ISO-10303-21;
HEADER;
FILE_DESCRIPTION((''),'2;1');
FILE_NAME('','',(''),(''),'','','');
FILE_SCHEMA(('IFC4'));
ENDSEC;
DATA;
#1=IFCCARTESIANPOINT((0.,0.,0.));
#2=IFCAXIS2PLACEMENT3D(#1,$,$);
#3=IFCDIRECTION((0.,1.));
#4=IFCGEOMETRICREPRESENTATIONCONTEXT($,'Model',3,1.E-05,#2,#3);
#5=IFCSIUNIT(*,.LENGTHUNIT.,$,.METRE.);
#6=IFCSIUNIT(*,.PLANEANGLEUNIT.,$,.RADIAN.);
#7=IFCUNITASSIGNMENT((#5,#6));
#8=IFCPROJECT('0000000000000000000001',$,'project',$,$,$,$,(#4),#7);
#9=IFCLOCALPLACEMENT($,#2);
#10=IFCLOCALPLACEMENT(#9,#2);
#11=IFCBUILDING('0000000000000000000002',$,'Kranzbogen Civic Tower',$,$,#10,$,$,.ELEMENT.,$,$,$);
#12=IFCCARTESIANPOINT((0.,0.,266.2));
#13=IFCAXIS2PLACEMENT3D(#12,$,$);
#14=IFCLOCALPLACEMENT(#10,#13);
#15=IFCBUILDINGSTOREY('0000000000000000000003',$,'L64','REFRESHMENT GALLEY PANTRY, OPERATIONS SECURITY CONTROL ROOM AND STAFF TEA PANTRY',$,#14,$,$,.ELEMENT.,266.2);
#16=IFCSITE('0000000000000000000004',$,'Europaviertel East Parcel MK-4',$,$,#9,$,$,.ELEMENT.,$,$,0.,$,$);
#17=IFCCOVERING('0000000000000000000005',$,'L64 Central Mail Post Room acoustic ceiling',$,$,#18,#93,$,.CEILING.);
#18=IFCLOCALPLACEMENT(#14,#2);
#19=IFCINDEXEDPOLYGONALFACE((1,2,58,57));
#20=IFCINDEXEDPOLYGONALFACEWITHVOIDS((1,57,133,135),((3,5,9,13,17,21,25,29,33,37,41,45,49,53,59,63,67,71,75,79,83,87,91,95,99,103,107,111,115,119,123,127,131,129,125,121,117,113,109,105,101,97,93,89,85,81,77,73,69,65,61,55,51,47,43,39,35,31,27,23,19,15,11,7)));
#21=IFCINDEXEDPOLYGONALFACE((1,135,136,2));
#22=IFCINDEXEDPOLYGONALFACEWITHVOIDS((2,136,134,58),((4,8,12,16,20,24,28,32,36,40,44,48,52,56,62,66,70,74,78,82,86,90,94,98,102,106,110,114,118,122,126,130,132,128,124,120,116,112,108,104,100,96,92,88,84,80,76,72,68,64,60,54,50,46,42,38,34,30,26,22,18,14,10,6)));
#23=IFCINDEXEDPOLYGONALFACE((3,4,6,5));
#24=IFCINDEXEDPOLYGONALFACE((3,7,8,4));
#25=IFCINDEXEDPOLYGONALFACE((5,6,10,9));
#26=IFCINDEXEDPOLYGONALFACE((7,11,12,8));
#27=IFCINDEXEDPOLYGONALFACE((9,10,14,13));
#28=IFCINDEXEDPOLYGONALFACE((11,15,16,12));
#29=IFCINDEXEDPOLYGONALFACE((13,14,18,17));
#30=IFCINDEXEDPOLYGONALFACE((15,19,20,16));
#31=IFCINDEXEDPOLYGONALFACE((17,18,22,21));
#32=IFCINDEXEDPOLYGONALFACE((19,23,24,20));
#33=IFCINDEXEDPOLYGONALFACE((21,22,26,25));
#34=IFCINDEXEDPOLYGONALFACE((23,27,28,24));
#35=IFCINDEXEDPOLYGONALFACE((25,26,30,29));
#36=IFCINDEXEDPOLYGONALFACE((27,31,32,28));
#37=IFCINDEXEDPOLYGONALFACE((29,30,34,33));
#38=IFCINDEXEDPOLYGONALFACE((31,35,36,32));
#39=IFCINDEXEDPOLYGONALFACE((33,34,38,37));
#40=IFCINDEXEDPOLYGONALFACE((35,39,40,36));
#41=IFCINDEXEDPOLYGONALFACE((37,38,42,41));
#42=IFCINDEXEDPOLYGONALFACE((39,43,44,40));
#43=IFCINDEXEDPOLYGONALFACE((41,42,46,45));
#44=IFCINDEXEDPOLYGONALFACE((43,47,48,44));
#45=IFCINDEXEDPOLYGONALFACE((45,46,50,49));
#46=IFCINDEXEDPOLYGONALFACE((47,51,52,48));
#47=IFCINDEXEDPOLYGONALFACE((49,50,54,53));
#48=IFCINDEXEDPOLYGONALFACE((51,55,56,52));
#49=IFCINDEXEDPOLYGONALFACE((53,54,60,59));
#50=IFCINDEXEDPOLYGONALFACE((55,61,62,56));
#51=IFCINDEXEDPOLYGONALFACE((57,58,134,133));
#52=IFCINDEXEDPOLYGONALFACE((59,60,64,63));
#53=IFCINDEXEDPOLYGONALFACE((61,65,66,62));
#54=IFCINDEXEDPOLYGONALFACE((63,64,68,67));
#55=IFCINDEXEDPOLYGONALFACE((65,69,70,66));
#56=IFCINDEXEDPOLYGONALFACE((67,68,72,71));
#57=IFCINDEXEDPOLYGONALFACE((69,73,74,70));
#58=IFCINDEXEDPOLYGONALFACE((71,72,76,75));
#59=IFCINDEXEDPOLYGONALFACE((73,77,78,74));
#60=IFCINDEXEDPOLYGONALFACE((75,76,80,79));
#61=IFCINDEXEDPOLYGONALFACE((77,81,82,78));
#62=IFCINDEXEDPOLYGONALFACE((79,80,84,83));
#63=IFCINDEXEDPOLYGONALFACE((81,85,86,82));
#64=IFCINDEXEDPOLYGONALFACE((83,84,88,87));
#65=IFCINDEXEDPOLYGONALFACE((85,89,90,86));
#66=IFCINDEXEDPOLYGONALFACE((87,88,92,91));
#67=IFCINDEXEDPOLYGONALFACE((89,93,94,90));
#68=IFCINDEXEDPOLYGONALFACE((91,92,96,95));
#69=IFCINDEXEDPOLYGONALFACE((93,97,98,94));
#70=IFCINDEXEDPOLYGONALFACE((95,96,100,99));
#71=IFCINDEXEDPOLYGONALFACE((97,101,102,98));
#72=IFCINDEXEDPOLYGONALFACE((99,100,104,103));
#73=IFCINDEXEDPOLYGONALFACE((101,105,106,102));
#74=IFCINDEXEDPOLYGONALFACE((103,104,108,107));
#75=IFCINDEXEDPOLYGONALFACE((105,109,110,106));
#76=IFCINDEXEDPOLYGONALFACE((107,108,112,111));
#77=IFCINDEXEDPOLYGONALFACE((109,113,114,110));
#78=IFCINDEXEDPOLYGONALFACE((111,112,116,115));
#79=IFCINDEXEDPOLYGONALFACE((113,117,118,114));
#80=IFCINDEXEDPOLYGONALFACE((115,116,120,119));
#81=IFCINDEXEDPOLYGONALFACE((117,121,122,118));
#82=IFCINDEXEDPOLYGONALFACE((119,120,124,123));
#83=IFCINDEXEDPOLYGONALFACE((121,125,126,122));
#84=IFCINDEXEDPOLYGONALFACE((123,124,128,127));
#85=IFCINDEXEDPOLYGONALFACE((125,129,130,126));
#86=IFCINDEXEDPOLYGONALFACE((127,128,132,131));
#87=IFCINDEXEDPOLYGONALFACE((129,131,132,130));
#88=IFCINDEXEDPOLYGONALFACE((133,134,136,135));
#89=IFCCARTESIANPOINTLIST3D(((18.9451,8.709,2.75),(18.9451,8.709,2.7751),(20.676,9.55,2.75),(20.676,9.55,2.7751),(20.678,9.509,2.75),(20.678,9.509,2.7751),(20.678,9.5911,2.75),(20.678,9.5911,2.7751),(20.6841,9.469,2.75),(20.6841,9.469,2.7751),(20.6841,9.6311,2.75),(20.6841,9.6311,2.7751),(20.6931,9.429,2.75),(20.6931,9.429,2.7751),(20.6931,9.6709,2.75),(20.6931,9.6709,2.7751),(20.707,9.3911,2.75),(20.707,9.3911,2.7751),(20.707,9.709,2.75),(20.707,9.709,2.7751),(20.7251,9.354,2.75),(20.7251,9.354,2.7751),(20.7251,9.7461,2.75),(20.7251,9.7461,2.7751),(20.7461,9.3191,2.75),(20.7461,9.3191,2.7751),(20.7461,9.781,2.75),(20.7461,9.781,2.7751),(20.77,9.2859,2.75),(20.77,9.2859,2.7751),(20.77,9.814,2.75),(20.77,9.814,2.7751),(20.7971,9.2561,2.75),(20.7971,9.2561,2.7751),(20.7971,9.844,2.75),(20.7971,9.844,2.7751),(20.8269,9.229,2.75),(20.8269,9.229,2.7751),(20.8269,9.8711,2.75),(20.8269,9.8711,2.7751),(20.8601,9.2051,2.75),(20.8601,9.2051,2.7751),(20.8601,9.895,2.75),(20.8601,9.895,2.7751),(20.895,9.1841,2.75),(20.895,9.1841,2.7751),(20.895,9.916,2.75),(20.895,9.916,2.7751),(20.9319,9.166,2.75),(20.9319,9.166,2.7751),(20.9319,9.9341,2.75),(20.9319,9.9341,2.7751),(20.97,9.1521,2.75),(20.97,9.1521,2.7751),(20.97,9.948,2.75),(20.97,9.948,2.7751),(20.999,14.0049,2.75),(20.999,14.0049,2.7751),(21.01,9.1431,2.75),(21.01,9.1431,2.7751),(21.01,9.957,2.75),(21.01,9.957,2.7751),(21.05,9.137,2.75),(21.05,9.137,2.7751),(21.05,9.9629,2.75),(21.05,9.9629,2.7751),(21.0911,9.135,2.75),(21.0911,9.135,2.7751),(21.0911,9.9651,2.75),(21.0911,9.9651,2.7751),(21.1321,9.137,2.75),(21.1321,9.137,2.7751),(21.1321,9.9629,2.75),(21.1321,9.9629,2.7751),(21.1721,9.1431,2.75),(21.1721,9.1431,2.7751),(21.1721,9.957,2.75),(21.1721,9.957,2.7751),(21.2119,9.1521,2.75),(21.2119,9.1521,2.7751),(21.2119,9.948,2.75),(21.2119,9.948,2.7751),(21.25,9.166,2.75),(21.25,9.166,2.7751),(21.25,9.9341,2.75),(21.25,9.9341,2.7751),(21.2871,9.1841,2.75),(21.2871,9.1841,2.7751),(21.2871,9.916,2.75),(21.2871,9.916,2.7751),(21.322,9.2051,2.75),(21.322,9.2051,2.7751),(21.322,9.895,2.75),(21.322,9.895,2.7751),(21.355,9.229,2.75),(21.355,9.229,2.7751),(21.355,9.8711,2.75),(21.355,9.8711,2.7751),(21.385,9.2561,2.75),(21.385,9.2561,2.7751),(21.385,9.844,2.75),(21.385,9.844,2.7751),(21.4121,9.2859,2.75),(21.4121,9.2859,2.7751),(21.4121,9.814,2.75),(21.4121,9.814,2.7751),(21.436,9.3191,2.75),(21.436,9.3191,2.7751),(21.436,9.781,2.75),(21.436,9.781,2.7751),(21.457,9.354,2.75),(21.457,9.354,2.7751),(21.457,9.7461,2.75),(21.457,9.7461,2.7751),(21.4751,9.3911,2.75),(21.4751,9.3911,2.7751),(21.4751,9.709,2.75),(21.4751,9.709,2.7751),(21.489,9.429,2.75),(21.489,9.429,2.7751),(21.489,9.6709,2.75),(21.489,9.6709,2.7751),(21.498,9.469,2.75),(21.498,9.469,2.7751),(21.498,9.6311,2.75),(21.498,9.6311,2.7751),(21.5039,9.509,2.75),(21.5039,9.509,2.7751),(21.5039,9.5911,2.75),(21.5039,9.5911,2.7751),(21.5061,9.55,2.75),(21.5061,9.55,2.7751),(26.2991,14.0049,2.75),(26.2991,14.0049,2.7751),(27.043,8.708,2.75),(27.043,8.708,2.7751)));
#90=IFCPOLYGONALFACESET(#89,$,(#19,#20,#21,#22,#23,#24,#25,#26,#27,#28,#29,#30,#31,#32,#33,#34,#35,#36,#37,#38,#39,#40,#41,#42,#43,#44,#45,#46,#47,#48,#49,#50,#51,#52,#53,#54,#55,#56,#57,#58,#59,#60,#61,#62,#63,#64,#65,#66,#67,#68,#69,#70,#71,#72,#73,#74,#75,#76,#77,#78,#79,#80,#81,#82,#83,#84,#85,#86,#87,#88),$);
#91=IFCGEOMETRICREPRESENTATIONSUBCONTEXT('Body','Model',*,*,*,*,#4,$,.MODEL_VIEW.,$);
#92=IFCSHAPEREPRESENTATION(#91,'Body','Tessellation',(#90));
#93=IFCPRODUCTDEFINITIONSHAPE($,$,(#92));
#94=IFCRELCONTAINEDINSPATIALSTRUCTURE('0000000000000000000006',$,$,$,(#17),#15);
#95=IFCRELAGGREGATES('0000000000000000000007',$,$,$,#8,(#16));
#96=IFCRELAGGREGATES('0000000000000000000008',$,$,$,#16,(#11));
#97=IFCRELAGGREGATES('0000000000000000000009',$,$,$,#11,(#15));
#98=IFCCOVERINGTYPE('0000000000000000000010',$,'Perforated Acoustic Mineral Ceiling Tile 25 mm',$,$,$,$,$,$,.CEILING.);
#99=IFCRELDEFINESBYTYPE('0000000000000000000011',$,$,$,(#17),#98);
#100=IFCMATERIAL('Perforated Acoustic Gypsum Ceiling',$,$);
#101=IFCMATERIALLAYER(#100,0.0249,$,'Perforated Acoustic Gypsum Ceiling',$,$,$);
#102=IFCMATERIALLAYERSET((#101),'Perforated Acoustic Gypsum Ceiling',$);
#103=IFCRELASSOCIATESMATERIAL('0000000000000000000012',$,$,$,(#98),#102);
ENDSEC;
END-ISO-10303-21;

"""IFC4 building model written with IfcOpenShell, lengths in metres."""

from ifc_helpers import new_model, si_unit, direction, frame, origin, place, context, subcontext, project, spatial, polyline, outline, extrude, material, layer, layer_set, type_object, element, save


model = new_model("IFC4")

# Units and contexts
model_context = context("Model", 3, precision=1e-05, world=origin(), true_north=direction((0.0, 1.0)))
body_context = subcontext(model_context, "Body", "Model", "MODEL_VIEW")
ifc_project = project(units=[si_unit("LENGTHUNIT", "METRE"), si_unit("PLANEANGLEUNIT", "RADIAN")], contexts=[model_context])

# Site, building, storey
site_placement = place(None, origin())
site = spatial("IfcSite", under=ifc_project, at=site_placement, Name="Europaviertel East Parcel MK-4", CompositionType="ELEMENT", RefElevation=0.0)
building_placement = place(site_placement, origin())
building = spatial("IfcBuilding", under=site, at=building_placement, Name="Kranzbogen Civic Tower", CompositionType="ELEMENT")
storey_placement = place(building_placement, frame((0.0, 0.0, 266.2)))
storey = spatial("IfcBuildingStorey", under=building, at=storey_placement, Name="L64", Description="REFRESHMENT GALLEY PANTRY, OPERATIONS SECURITY CONTROL ROOM AND STAFF TEA PANTRY", CompositionType="ELEMENT", Elevation=266.2)

# Covering
ifc_material_1 = material(Name="Perforated Acoustic Gypsum Ceiling")
ifc_layer_1 = layer(ifc_material_1, 0.0249, Name="Perforated Acoustic Gypsum Ceiling")
ifc_layer_set_1 = layer_set([ifc_layer_1], Name="Perforated Acoustic Gypsum Ceiling")
covering_type_1 = type_object("IfcCoveringType", Name="Perforated Acoustic Mineral Ceiling Tile 25 mm", PredefinedType="CEILING", material=ifc_layer_set_1)
covering_1_placement = place(storey_placement, frame((0.0, 0.0, 2.75)))
element("IfcCovering", 1, at=covering_1_placement, inside=storey, type_object=covering_type_1, Name="L64 Central Mail Post Room acoustic ceiling", PredefinedType="CEILING", context=body_context, shape_type="SweptSolid", body=[
    extrude(outline(polyline([(27.043, 8.708), (18.9451, 8.709), (20.999, 14.0049), (26.2991, 14.0049), (27.043, 8.708)]), holes=[polyline([(21.4751, 9.3911), (21.457, 9.354), (21.436, 9.3191), (21.4121, 9.2859), (21.385, 9.2561), (21.355, 9.229), (21.322, 9.2051), (21.2871, 9.1841), (21.25, 9.166), (21.2119, 9.1521), (21.1721, 9.1431), (21.1321, 9.137), (21.0911, 9.135), (21.05, 9.137), (21.01, 9.1431), (20.97, 9.1521), (20.9319, 9.166), (20.895, 9.1841), (20.8601, 9.2051), (20.8269, 9.229), (20.7971, 9.2561), (20.77, 9.2859), (20.7461, 9.3191), (20.7251, 9.354), (20.707, 9.3911), (20.6931, 9.429), (20.6841, 9.469), (20.678, 9.509), (20.676, 9.55), (20.678, 9.5911), (20.6841, 9.6311), (20.6931, 9.6709), (20.707, 9.709), (20.7251, 9.7461), (20.7461, 9.781), (20.77, 9.814), (20.7971, 9.844), (20.8269, 9.8711), (20.8601, 9.895), (20.895, 9.916), (20.9319, 9.9341), (20.97, 9.948), (21.01, 9.957), (21.05, 9.9629), (21.0911, 9.9651), (21.1321, 9.9629), (21.1721, 9.957), (21.2119, 9.948), (21.25, 9.9341), (21.2871, 9.916), (21.322, 9.895), (21.355, 9.8711), (21.385, 9.844), (21.4121, 9.814), (21.436, 9.781), (21.457, 9.7461), (21.4751, 9.709), (21.489, 9.6709), (21.498, 9.6311), (21.5039, 9.5911), (21.5061, 9.55), (21.5039, 9.509), (21.498, 9.469), (21.489, 9.429), (21.4751, 9.3911)])]), origin(), (0.0, 0.0, 1.0), 0.0251),
])

save(model, "model.ifc")
